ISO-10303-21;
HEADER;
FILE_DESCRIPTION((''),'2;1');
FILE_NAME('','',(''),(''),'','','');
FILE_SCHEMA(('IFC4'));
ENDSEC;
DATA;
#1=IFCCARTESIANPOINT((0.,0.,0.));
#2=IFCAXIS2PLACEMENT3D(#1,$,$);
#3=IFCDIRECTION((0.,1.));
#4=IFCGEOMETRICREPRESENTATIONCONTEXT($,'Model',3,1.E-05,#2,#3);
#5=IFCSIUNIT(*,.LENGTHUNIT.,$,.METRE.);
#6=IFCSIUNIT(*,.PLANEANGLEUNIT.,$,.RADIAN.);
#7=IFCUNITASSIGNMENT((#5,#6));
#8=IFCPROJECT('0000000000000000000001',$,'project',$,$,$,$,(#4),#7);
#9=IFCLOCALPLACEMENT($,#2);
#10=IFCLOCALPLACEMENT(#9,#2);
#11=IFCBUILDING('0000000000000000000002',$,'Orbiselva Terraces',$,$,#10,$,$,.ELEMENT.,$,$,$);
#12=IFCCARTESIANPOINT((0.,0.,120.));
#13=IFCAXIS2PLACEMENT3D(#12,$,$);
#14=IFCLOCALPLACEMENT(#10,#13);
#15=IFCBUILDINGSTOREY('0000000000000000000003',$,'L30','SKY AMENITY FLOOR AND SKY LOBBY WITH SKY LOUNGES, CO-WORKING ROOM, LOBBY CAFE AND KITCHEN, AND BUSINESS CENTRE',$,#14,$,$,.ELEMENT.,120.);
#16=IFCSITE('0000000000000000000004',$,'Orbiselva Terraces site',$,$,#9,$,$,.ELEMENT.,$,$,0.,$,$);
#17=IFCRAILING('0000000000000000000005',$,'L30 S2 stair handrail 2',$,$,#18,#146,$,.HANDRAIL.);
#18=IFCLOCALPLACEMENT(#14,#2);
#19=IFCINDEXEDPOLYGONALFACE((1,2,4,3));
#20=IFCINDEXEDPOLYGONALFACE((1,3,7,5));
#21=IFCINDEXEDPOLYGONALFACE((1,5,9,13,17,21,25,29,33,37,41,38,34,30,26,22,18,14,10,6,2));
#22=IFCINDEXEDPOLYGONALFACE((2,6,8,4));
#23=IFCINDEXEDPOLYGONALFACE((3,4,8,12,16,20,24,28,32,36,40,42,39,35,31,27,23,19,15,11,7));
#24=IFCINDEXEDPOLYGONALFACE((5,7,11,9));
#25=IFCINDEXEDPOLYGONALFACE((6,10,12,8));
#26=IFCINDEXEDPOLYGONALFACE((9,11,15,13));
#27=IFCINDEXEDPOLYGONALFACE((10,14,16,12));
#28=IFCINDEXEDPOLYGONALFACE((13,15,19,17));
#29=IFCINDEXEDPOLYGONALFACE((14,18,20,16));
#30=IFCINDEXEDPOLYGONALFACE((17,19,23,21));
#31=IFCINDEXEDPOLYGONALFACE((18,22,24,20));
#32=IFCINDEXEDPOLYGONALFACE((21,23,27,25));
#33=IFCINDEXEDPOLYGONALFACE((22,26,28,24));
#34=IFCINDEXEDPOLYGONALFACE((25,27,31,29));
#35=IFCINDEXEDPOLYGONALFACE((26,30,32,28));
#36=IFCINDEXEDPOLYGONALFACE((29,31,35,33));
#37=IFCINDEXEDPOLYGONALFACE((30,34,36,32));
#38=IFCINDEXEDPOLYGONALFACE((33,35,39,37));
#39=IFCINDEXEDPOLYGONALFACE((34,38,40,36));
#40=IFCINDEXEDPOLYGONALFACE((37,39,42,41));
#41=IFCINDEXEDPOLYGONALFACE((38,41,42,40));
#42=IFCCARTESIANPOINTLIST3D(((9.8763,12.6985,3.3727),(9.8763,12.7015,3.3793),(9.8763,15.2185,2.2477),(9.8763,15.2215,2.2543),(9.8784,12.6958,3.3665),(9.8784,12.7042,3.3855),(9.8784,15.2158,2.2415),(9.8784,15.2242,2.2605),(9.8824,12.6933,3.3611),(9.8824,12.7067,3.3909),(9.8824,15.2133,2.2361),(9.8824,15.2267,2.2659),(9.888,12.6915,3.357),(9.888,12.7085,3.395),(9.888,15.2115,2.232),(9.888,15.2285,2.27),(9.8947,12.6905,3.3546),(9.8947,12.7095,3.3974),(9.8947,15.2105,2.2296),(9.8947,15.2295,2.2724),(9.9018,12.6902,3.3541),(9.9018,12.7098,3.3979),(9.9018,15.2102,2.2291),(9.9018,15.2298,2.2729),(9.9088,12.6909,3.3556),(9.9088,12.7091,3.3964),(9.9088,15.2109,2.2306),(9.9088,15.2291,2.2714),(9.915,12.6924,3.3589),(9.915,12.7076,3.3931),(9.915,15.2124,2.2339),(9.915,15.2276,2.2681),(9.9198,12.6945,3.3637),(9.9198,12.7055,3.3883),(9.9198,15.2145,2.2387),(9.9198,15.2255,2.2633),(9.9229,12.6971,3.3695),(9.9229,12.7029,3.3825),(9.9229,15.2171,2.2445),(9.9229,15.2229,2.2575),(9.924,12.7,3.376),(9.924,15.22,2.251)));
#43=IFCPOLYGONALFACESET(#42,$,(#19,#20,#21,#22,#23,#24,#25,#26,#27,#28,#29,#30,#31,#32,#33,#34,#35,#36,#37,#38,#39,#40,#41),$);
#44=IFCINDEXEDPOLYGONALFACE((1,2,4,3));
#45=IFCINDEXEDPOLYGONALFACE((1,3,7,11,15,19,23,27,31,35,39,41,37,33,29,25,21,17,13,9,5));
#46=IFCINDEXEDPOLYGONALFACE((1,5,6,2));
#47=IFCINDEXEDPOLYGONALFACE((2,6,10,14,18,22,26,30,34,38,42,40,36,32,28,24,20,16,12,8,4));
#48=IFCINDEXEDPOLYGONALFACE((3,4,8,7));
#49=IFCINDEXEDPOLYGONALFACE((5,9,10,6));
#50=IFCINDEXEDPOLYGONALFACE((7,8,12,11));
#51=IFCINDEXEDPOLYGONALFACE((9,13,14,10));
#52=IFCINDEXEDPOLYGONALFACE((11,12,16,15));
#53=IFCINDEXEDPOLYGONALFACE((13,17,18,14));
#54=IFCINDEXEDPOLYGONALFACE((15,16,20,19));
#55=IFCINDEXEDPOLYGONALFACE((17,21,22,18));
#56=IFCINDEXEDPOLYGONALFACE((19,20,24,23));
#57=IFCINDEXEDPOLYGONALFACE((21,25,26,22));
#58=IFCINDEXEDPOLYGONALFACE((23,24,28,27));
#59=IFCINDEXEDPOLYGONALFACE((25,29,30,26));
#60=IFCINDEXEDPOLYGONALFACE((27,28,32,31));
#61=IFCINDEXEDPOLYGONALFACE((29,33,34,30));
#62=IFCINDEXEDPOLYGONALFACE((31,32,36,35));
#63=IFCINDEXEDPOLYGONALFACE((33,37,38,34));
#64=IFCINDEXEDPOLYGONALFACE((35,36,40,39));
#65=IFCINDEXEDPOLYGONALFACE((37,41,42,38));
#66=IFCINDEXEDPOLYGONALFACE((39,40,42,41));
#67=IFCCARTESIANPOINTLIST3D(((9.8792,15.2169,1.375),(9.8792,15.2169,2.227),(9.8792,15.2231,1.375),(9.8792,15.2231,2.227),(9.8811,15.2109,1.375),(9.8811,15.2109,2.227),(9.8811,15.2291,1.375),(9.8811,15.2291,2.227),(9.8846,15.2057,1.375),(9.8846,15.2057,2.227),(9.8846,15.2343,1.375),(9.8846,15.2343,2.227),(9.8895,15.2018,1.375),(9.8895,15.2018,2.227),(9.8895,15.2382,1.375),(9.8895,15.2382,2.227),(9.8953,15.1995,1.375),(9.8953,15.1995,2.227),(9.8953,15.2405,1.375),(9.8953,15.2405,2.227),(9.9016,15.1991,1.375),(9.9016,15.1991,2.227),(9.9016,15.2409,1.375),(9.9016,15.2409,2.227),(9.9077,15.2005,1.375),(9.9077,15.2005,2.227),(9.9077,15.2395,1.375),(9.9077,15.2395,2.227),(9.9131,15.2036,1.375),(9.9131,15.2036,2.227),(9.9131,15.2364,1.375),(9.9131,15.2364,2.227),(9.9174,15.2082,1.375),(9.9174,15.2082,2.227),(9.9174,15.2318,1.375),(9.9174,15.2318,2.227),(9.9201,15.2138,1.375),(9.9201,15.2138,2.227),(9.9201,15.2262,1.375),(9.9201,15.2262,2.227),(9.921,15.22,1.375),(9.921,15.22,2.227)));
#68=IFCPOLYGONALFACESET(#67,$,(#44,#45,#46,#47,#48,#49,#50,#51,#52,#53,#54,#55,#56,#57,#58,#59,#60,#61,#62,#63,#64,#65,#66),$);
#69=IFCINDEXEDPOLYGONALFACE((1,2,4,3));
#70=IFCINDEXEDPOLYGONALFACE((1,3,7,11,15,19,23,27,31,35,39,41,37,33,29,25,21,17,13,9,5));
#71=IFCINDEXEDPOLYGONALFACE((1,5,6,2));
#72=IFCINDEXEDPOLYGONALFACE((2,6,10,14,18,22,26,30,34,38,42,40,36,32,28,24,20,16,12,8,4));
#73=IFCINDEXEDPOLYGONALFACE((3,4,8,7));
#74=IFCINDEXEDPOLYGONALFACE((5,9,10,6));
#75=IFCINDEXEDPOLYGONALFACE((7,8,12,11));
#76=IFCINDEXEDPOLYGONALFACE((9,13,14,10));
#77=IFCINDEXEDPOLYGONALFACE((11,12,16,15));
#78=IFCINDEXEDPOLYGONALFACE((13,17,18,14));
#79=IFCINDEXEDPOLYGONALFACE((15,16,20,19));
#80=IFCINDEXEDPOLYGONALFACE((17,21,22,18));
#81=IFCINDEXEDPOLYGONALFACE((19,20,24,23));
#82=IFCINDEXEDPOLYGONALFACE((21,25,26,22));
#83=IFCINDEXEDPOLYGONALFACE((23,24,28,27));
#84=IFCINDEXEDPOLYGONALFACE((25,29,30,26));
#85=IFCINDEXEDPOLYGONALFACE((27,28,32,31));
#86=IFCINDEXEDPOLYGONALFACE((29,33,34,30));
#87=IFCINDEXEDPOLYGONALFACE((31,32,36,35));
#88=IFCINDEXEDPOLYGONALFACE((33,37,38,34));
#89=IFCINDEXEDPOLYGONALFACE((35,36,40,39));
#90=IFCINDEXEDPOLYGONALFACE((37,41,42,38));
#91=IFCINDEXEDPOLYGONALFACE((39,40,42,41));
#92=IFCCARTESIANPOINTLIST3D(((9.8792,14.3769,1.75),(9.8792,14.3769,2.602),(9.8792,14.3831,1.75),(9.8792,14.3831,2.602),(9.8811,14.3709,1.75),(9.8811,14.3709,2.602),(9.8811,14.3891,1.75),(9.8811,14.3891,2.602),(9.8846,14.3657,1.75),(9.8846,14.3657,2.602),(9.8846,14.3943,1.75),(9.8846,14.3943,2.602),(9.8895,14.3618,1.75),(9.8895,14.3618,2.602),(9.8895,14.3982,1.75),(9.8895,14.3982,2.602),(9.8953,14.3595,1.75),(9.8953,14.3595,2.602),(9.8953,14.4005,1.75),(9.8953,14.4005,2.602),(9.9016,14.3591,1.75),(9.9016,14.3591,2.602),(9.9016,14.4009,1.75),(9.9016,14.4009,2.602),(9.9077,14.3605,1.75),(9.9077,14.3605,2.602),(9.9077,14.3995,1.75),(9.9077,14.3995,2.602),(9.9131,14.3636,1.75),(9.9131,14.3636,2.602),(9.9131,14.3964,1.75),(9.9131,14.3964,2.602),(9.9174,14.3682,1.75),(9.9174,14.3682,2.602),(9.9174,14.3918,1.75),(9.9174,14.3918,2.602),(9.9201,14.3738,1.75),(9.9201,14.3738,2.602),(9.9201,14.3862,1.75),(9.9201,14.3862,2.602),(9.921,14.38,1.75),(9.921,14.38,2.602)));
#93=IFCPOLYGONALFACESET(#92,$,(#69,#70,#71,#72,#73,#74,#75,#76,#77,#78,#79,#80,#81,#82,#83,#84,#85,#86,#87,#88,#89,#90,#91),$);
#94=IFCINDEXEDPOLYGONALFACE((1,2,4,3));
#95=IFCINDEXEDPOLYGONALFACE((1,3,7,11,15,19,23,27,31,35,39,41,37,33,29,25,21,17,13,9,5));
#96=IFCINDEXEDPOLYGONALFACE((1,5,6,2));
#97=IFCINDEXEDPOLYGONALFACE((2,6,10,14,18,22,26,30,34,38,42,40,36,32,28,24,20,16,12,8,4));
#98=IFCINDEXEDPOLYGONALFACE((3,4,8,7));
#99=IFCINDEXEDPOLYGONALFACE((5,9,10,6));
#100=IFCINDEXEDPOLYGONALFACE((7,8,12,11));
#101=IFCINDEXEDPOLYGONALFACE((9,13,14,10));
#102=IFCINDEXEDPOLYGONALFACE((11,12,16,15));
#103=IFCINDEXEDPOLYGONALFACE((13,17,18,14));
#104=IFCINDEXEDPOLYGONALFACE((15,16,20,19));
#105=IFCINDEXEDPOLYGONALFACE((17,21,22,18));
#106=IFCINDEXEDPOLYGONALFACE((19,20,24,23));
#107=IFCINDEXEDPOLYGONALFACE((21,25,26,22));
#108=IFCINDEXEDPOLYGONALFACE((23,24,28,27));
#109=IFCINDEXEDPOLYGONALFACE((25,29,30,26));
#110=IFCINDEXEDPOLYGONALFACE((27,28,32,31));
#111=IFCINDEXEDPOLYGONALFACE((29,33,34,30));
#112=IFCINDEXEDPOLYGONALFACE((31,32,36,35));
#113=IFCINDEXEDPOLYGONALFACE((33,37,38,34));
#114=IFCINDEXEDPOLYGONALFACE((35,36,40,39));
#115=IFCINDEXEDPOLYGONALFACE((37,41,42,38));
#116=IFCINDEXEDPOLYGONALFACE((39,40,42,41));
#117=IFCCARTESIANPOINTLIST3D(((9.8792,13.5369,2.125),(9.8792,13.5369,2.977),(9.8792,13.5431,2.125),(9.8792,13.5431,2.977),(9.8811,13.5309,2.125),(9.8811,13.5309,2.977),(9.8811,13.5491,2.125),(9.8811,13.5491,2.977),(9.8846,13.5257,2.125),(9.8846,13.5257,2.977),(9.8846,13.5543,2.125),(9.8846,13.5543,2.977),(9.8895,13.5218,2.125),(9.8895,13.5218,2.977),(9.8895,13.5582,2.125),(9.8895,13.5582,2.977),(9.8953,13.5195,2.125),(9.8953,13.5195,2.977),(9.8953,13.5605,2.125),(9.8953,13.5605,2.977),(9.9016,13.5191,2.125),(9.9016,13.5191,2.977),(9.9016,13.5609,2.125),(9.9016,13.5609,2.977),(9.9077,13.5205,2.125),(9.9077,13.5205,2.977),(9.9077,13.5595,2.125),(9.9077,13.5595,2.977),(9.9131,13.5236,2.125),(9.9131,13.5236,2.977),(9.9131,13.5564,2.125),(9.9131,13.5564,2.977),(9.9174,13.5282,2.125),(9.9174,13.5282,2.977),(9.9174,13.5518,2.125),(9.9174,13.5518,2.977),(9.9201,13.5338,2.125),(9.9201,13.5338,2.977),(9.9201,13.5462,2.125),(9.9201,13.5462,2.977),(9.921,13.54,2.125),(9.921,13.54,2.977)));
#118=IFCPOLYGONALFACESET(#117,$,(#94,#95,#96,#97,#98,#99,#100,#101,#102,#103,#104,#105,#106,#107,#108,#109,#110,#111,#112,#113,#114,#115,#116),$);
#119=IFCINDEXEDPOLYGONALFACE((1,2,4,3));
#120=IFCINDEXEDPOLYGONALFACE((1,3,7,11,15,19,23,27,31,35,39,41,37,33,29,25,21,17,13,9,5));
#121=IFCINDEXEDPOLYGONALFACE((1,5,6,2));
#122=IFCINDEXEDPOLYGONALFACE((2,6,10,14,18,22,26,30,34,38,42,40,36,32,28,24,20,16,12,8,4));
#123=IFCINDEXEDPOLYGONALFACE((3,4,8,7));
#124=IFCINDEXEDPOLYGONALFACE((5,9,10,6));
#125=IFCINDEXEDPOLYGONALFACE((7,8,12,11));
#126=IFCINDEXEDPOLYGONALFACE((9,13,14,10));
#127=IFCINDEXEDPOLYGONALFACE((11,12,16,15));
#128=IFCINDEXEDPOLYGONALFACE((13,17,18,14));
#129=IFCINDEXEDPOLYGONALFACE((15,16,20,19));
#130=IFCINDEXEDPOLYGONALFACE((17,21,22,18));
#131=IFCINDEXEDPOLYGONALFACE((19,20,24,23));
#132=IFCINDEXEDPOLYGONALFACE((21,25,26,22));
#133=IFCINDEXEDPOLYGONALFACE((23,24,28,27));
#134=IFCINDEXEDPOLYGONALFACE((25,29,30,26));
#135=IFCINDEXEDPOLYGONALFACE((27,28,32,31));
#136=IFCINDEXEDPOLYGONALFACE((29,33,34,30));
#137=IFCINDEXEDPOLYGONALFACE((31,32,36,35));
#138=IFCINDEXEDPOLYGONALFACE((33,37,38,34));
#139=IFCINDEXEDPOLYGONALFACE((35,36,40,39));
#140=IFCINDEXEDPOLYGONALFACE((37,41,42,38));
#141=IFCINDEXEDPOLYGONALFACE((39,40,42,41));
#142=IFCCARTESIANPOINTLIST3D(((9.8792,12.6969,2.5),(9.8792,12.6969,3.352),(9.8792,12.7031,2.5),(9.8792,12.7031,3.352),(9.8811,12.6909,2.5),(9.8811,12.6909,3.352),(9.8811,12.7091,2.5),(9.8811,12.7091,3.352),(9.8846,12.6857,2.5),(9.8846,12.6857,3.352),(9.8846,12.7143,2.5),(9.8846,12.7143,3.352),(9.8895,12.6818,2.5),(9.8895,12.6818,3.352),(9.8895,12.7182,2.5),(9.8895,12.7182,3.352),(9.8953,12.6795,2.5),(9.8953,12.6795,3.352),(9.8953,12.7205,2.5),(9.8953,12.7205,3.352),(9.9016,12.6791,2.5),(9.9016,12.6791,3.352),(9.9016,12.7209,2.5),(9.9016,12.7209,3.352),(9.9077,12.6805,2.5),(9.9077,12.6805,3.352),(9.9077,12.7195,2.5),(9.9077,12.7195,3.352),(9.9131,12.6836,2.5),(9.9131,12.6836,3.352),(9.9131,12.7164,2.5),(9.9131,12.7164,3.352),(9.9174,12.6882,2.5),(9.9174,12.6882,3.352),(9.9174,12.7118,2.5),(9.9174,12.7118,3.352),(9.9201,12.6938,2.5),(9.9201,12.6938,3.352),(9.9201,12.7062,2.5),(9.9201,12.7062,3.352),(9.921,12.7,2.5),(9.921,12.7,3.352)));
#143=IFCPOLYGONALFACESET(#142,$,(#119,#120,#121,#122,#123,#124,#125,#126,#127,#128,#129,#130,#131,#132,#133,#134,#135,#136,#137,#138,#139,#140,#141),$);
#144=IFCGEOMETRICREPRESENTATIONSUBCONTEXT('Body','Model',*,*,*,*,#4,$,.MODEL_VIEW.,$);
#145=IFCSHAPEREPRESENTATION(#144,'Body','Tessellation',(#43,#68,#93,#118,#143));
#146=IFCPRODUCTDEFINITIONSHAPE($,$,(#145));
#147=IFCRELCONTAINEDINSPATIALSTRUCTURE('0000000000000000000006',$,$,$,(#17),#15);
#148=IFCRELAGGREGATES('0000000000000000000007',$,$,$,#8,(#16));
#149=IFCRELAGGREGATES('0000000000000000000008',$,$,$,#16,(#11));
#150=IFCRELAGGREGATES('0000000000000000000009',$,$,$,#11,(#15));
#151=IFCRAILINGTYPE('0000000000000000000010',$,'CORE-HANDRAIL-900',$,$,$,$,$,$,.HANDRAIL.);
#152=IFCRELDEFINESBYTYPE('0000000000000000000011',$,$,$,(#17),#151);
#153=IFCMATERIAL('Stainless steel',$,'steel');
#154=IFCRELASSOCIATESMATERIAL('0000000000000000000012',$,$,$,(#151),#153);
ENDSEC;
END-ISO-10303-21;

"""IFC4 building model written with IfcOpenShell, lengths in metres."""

from ifc_helpers import new_model, si_unit, direction, frame, origin, origin_2d, place, context, subcontext, project, spatial, circle, extrude, material, type_object, element, save


model = new_model("IFC4")

# Units and contexts
model_context = context("Model", 3, precision=1e-05, world=origin(), true_north=direction((0.0, 1.0)))
body_context = subcontext(model_context, "Body", "Model", "MODEL_VIEW")
ifc_project = project(units=[si_unit("LENGTHUNIT", "METRE"), si_unit("PLANEANGLEUNIT", "RADIAN")], contexts=[model_context])

# Site, building, storey
site_placement = place(None, origin())
site = spatial("IfcSite", under=ifc_project, at=site_placement, Name="Orbiselva Terraces site", CompositionType="ELEMENT", RefElevation=0.0)
building_placement = place(site_placement, origin())
building = spatial("IfcBuilding", under=site, at=building_placement, Name="Orbiselva Terraces", CompositionType="ELEMENT")
storey_placement = place(building_placement, frame((0.0, 0.0, 120.0)))
storey = spatial("IfcBuildingStorey", under=building, at=storey_placement, Name="L30", Description="SKY AMENITY FLOOR AND SKY LOBBY WITH SKY LOUNGES, CO-WORKING ROOM, LOBBY CAFE AND KITCHEN, AND BUSINESS CENTRE", CompositionType="ELEMENT", Elevation=120.0)

# Railing
ifc_material_1 = material(Name="Stainless steel", Category="steel")
railing_type = type_object("IfcRailingType", Name="CORE-HANDRAIL-900", PredefinedType="HANDRAIL", material=ifc_material_1)
for number, where, name in (
    (1, (9.9, 15.22, 1.375), "L30 S2 stair handrail 2"),
):
    element("IfcRailing", number, at=place(storey_placement, frame(where)), inside=storey, type_object=railing_type, Name=name, PredefinedType="HANDRAIL", context=body_context, shape_type="SweptSolid", body=[
        extrude(circle(Radius=0.024, at=origin_2d()), frame((0.0, 0.0, 0.876), z_axis=(0.0, -0.913138, 0.407651), x_axis=(1.0, 0.0, 0.0)), (0.0, 0.0, 1.0), 2.7597),
        extrude(circle(Radius=0.021, at=origin_2d()), origin(), (0.0, 0.0, 1.0), 0.852),
        extrude(circle(Radius=0.021, at=origin_2d()), frame((0.0, -0.84, 0.375)), (0.0, 0.0, 1.0), 0.852),
        extrude(circle(Radius=0.021, at=origin_2d()), frame((0.0, -1.68, 0.75)), (0.0, 0.0, 1.0), 0.852),
        extrude(circle(Radius=0.021, at=origin_2d()), frame((0.0, -2.52, 1.125)), (0.0, 0.0, 1.0), 0.852),
    ])

save(model, "model.ifc")
